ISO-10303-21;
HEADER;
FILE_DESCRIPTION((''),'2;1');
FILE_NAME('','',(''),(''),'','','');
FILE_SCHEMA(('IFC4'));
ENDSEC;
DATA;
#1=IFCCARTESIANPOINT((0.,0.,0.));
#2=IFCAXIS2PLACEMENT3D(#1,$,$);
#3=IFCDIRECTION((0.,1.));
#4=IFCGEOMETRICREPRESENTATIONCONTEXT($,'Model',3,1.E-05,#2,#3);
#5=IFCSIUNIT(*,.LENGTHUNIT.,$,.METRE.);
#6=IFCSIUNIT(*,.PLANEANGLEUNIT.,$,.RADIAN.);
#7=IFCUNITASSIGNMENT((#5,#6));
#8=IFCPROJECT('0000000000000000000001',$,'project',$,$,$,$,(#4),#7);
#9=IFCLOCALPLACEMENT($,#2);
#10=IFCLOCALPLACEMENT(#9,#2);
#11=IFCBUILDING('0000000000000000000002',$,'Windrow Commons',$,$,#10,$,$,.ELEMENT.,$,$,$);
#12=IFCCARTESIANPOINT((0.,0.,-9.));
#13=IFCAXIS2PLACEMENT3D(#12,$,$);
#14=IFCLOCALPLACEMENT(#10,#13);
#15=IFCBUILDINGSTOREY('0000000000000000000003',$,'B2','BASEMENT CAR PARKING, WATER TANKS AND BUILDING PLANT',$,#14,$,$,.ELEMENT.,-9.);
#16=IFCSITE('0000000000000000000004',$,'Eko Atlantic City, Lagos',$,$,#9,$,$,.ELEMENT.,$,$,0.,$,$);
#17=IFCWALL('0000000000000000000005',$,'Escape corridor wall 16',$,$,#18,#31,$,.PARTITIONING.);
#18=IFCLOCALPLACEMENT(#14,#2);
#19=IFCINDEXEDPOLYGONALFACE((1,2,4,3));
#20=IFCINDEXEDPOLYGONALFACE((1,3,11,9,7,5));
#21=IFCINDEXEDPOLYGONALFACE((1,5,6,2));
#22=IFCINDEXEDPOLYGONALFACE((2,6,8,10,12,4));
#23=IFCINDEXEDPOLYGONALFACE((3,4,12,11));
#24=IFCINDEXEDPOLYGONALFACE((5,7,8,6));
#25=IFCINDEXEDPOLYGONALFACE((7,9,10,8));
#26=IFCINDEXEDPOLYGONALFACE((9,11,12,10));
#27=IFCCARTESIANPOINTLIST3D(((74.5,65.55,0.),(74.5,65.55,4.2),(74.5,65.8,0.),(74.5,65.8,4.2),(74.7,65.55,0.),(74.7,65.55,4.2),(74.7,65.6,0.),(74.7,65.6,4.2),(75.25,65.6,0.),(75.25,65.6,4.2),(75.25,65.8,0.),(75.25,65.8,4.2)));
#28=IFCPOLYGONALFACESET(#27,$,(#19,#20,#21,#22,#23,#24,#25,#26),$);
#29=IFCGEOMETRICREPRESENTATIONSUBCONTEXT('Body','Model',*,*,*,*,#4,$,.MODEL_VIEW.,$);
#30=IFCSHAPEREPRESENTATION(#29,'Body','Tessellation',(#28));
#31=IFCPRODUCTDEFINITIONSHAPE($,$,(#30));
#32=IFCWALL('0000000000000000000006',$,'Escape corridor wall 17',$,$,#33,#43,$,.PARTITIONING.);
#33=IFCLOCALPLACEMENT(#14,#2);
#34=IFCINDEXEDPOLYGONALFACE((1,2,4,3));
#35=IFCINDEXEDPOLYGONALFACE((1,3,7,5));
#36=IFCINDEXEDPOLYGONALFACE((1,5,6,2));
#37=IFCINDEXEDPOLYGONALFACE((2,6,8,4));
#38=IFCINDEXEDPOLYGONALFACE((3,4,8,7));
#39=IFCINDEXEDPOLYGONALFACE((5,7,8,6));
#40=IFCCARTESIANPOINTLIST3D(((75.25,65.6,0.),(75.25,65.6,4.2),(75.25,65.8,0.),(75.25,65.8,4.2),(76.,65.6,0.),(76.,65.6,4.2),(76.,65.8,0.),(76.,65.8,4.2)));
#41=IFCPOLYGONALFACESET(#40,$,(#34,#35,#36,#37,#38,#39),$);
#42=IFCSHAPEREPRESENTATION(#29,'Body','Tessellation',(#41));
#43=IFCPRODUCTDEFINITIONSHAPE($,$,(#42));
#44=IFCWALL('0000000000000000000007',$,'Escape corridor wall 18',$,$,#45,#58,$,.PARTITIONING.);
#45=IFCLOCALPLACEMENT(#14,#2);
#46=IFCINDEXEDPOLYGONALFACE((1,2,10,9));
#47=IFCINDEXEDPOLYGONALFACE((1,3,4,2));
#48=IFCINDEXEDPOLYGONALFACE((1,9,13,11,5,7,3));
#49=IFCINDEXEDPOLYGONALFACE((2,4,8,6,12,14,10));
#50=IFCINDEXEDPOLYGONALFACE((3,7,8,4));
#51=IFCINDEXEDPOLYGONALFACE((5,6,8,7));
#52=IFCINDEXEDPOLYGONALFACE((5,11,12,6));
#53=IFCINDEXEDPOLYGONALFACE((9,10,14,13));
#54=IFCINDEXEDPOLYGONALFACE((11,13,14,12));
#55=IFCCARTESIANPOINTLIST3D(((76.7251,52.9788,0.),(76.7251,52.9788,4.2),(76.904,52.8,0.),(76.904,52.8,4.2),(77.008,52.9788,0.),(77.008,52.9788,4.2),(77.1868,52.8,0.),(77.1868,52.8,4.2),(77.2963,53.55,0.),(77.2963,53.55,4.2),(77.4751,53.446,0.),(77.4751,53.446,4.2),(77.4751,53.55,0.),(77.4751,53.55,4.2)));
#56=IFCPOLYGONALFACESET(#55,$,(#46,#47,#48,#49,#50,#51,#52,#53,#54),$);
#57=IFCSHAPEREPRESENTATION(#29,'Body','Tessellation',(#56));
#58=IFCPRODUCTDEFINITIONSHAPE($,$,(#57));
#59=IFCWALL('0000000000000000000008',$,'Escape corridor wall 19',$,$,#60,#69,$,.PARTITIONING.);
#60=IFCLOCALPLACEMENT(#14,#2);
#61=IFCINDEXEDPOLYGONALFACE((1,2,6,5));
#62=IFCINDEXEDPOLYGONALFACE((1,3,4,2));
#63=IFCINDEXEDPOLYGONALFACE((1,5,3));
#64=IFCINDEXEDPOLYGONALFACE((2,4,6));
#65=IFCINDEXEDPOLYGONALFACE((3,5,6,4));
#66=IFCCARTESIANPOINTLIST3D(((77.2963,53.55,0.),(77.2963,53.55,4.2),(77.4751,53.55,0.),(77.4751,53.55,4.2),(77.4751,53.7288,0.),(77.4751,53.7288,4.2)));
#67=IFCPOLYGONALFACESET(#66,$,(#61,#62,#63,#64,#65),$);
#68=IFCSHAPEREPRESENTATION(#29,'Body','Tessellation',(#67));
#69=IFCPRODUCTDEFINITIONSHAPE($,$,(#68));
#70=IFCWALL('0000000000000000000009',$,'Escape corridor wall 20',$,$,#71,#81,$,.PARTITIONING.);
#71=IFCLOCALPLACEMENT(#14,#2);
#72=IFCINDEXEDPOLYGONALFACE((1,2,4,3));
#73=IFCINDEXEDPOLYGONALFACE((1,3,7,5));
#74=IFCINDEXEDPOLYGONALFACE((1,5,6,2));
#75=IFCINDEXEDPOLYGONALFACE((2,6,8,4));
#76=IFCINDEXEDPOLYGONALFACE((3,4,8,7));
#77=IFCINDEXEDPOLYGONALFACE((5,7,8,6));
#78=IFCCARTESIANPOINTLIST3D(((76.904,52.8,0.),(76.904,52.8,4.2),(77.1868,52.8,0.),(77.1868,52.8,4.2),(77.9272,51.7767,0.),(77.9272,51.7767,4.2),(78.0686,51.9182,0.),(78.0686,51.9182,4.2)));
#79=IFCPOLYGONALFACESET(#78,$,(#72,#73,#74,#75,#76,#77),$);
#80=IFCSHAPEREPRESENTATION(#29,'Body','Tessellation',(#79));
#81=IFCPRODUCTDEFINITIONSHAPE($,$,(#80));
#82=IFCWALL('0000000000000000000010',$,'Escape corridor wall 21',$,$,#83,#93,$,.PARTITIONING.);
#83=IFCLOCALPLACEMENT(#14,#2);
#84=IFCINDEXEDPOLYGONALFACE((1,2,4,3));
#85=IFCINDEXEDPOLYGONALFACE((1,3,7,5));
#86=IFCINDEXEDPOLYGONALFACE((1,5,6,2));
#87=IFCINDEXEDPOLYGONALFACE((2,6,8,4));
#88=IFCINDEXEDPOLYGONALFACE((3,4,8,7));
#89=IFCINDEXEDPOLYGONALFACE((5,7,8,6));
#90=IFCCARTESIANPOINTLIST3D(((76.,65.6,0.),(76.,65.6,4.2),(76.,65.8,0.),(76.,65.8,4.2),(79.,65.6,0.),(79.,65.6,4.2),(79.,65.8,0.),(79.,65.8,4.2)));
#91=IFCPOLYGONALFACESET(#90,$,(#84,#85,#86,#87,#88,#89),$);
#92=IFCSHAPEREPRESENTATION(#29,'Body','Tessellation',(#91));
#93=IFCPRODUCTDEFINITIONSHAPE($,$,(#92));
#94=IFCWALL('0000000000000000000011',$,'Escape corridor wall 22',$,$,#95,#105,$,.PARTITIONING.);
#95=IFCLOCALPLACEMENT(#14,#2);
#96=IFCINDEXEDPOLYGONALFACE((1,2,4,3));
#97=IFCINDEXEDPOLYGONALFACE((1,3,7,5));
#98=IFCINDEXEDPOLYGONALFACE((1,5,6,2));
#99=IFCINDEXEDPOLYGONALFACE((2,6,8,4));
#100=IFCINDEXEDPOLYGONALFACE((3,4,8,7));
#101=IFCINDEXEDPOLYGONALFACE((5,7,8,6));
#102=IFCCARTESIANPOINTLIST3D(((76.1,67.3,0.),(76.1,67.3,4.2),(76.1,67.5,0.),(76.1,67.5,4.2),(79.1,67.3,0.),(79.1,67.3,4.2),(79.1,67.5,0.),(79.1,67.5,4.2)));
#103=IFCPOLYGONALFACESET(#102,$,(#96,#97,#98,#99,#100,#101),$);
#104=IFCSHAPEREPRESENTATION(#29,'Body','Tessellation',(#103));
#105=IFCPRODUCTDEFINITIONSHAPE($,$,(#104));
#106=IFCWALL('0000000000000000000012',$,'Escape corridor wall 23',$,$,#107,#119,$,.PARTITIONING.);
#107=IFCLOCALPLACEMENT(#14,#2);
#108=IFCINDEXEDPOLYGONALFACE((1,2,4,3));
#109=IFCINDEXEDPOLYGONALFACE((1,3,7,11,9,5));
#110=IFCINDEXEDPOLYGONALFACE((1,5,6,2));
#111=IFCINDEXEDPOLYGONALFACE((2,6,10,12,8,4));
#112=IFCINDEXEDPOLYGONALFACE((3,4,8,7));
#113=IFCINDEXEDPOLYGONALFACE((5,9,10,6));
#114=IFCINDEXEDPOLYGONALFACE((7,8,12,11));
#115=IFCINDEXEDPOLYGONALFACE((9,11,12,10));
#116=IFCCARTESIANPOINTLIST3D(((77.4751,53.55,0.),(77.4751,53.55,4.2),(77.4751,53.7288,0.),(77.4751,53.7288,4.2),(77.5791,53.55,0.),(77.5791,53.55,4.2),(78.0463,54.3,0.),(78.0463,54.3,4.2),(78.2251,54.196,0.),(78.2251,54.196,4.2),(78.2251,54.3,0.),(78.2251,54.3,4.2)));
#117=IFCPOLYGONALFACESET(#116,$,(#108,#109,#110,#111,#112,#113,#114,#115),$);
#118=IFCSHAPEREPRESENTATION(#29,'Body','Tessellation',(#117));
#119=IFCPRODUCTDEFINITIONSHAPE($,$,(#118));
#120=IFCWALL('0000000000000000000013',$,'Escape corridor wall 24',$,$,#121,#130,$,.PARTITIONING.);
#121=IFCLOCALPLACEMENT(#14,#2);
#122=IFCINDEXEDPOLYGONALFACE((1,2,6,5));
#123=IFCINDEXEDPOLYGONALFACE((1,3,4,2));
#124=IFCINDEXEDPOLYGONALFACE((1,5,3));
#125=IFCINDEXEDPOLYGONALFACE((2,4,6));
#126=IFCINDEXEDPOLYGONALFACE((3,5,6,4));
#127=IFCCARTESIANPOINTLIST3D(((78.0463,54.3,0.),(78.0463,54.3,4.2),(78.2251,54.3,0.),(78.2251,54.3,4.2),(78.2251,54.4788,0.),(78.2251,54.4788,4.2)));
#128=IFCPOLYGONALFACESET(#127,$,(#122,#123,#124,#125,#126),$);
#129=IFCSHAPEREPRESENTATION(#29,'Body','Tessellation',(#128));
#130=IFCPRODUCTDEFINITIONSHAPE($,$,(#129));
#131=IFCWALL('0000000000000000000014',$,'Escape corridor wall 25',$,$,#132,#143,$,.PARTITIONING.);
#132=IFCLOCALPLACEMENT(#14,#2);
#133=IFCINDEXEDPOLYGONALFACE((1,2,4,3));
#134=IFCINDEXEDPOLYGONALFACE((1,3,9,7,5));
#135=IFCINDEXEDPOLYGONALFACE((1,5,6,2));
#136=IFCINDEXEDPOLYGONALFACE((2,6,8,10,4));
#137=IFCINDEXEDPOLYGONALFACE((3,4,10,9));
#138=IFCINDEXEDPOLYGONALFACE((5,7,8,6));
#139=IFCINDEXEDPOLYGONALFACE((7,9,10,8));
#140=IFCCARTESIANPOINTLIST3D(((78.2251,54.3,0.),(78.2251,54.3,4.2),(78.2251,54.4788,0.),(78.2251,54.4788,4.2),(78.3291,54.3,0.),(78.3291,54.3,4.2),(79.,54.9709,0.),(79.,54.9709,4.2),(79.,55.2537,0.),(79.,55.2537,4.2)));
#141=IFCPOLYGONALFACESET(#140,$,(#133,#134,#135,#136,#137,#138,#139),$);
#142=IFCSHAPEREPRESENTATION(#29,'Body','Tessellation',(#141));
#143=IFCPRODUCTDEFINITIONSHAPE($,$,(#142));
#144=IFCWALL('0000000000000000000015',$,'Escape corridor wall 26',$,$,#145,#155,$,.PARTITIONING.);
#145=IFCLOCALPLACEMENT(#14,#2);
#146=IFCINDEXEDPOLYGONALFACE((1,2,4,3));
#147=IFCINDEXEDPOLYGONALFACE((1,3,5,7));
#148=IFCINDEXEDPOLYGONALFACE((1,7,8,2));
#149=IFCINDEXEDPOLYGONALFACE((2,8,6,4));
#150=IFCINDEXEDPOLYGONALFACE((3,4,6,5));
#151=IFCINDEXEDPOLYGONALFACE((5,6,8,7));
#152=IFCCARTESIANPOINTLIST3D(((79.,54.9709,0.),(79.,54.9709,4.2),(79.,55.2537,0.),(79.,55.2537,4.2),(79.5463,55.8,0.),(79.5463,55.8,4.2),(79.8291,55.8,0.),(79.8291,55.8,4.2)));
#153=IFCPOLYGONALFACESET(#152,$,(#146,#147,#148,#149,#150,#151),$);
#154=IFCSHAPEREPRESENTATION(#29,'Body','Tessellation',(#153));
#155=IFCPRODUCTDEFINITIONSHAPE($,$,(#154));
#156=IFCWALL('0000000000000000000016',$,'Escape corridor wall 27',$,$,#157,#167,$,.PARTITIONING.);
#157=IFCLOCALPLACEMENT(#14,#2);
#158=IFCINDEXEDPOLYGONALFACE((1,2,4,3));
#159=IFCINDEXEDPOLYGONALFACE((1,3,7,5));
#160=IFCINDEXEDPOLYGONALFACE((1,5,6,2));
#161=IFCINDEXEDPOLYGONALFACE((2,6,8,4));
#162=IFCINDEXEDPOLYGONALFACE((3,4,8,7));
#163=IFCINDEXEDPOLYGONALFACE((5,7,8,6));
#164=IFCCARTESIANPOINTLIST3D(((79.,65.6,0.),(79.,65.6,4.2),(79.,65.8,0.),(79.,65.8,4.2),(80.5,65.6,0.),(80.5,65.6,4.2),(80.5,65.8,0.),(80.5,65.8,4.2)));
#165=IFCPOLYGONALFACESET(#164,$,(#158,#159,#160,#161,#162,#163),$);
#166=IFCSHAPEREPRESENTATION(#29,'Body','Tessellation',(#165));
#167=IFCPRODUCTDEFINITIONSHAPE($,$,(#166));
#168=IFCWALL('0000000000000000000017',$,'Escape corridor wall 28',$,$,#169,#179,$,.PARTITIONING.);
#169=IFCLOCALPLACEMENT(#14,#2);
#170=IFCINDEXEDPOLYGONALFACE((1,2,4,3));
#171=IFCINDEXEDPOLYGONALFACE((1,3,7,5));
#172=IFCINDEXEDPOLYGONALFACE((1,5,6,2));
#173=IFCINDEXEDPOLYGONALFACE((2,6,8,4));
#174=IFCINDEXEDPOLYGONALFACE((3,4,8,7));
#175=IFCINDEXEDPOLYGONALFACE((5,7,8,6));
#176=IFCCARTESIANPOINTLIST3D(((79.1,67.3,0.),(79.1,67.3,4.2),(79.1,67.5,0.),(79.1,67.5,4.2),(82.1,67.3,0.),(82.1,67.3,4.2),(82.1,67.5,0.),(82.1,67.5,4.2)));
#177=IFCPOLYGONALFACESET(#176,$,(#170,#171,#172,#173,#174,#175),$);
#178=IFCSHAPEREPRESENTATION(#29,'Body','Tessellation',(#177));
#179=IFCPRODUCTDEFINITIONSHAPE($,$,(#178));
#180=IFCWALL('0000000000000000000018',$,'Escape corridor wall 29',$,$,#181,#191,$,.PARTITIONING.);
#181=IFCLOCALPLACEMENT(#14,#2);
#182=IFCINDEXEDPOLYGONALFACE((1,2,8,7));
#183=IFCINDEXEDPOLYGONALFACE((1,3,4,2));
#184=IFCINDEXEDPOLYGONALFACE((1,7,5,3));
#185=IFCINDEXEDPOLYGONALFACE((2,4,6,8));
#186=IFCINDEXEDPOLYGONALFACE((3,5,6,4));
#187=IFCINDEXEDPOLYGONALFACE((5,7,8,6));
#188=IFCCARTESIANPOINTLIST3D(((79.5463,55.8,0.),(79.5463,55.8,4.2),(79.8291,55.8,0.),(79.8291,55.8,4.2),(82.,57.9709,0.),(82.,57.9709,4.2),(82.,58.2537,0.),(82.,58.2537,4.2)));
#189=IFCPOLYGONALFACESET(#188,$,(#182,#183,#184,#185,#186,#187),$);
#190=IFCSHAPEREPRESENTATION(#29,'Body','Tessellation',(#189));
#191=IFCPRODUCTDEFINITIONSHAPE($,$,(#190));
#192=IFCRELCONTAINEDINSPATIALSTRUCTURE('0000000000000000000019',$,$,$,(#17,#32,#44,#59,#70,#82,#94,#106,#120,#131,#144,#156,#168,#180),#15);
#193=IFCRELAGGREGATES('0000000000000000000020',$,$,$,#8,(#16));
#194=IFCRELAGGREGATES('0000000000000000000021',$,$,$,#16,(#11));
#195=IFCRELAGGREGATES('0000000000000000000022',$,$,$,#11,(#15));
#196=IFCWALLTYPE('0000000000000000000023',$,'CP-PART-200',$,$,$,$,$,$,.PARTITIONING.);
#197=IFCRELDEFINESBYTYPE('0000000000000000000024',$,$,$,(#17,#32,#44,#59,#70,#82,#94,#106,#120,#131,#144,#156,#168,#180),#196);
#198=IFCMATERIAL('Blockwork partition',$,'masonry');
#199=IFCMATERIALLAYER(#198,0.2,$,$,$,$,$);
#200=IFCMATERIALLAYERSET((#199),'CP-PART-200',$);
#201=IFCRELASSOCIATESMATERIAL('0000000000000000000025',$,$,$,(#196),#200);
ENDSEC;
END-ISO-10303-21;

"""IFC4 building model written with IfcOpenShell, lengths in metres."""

from ifc_helpers import new_model, si_unit, direction, frame, origin, place, context, subcontext, project, spatial, polyline, outline, extrude, material, layer, layer_set, type_object, element, save


model = new_model("IFC4")

# Units and contexts
model_context = context("Model", 3, precision=1e-05, world=origin(), true_north=direction((0.0, 1.0)))
body_context = subcontext(model_context, "Body", "Model", "MODEL_VIEW")
ifc_project = project(units=[si_unit("LENGTHUNIT", "METRE"), si_unit("PLANEANGLEUNIT", "RADIAN")], contexts=[model_context])

# Site, building, storey
site_placement = place(None, origin())
site = spatial("IfcSite", under=ifc_project, at=site_placement, Name="Eko Atlantic City, Lagos", CompositionType="ELEMENT", RefElevation=0.0)
building_placement = place(site_placement, origin())
building = spatial("IfcBuilding", under=site, at=building_placement, Name="Windrow Commons", CompositionType="ELEMENT")
storey_placement = place(building_placement, frame((0.0, 0.0, -9.0)))
storey = spatial("IfcBuildingStorey", under=building, at=storey_placement, Name="B2", Description="BASEMENT CAR PARKING, WATER TANKS AND BUILDING PLANT", CompositionType="ELEMENT", Elevation=-9.0)

# Shared definitions
placement_1 = place(storey_placement, origin())

# Walls
ifc_material_1 = material(Name="Blockwork partition", Category="masonry")
ifc_layer_1 = layer(ifc_material_1, 0.2)
ifc_layer_set_1 = layer_set([ifc_layer_1], Name="CP-PART-200")
wall_type = type_object("IfcWallType", Name="CP-PART-200", PredefinedType="PARTITIONING", material=ifc_layer_set_1)
element("IfcWall", 1, at=placement_1, inside=storey, type_object=wall_type, Name="Escape corridor wall 16", PredefinedType="PARTITIONING", context=body_context, shape_type="SweptSolid", body=[
    extrude(outline(polyline([(74.7, 65.6), (75.25, 65.6), (75.25, 65.8), (74.5, 65.8), (74.5, 65.55), (74.7, 65.55), (74.7, 65.6)])), origin(), (0.0, 0.0, 1.0), 4.2),
])
element("IfcWall", 2, at=placement_1, inside=storey, type_object=wall_type, Name="Escape corridor wall 17", PredefinedType="PARTITIONING", context=body_context, shape_type="SweptSolid", body=[
    extrude(outline(polyline([(76.0, 65.6), (76.0, 65.8), (75.25, 65.8), (75.25, 65.6), (76.0, 65.6)])), origin(), (0.0, 0.0, 1.0), 4.2),
])
element("IfcWall", 3, at=placement_1, inside=storey, type_object=wall_type, Name="Escape corridor wall 18", PredefinedType="PARTITIONING", context=body_context, shape_type="SweptSolid", body=[
    extrude(outline(polyline([(76.904, 52.8), (77.1868, 52.8), (77.008, 52.9788), (77.4751, 53.446), (77.4751, 53.55), (77.2963, 53.55), (76.7251, 52.9788), (76.904, 52.8)])), origin(), (0.0, 0.0, 1.0), 4.2),
])
element("IfcWall", 4, at=placement_1, inside=storey, type_object=wall_type, Name="Escape corridor wall 19", PredefinedType="PARTITIONING", context=body_context, shape_type="SweptSolid", body=[
    extrude(outline(polyline([(77.4751, 53.7288), (77.2963, 53.55), (77.4751, 53.55), (77.4751, 53.7288)])), origin(), (0.0, 0.0, 1.0), 4.2),
])
element("IfcWall", 5, at=placement_1, inside=storey, type_object=wall_type, Name="Escape corridor wall 20", PredefinedType="PARTITIONING", context=body_context, shape_type="SweptSolid", body=[
    extrude(outline(polyline([(77.9272, 51.7767), (78.0686, 51.9182), (77.1868, 52.8), (76.904, 52.8), (77.9272, 51.7767)])), origin(), (0.0, 0.0, 1.0), 4.2),
])
element("IfcWall", 6, at=placement_1, inside=storey, type_object=wall_type, Name="Escape corridor wall 21", PredefinedType="PARTITIONING", context=body_context, shape_type="SweptSolid", body=[
    extrude(outline(polyline([(79.0, 65.8), (76.0, 65.8), (76.0, 65.6), (79.0, 65.6), (79.0, 65.8)])), origin(), (0.0, 0.0, 1.0), 4.2),
])
element("IfcWall", 7, at=placement_1, inside=storey, type_object=wall_type, Name="Escape corridor wall 22", PredefinedType="PARTITIONING", context=body_context, shape_type="SweptSolid", body=[
    extrude(outline(polyline([(76.1, 67.3), (79.1, 67.3), (79.1, 67.5), (76.1, 67.5), (76.1, 67.3)])), origin(), (0.0, 0.0, 1.0), 4.2),
])
element("IfcWall", 8, at=placement_1, inside=storey, type_object=wall_type, Name="Escape corridor wall 23", PredefinedType="PARTITIONING", context=body_context, shape_type="SweptSolid", body=[
    extrude(outline(polyline([(78.0463, 54.3), (77.4751, 53.7288), (77.4751, 53.55), (77.5791, 53.55), (78.2251, 54.196), (78.2251, 54.3), (78.0463, 54.3)])), origin(), (0.0, 0.0, 1.0), 4.2),
])
element("IfcWall", 9, at=placement_1, inside=storey, type_object=wall_type, Name="Escape corridor wall 24", PredefinedType="PARTITIONING", context=body_context, shape_type="SweptSolid", body=[
    extrude(outline(polyline([(78.2251, 54.4788), (78.0463, 54.3), (78.2251, 54.3), (78.2251, 54.4788)])), origin(), (0.0, 0.0, 1.0), 4.2),
])
element("IfcWall", 10, at=placement_1, inside=storey, type_object=wall_type, Name="Escape corridor wall 25", PredefinedType="PARTITIONING", context=body_context, shape_type="SweptSolid", body=[
    extrude(outline(polyline([(79.0, 55.2537), (78.2251, 54.4788), (78.2251, 54.3), (78.3291, 54.3), (79.0, 54.9709), (79.0, 55.2537)])), origin(), (0.0, 0.0, 1.0), 4.2),
])
element("IfcWall", 11, at=placement_1, inside=storey, type_object=wall_type, Name="Escape corridor wall 26", PredefinedType="PARTITIONING", context=body_context, shape_type="SweptSolid", body=[
    extrude(outline(polyline([(79.0, 54.9709), (79.8291, 55.8), (79.5463, 55.8), (79.0, 55.2537), (79.0, 54.9709)])), origin(), (0.0, 0.0, 1.0), 4.2),
])
element("IfcWall", 12, at=placement_1, inside=storey, type_object=wall_type, Name="Escape corridor wall 27", PredefinedType="PARTITIONING", context=body_context, shape_type="SweptSolid", body=[
    extrude(outline(polyline([(79.0, 65.6), (80.5, 65.6), (80.5, 65.8), (79.0, 65.8), (79.0, 65.6)])), origin(), (0.0, 0.0, 1.0), 4.2),
])
element("IfcWall", 13, at=placement_1, inside=storey, type_object=wall_type, Name="Escape corridor wall 28", PredefinedType="PARTITIONING", context=body_context, shape_type="SweptSolid", body=[
    extrude(outline(polyline([(79.1, 67.3), (82.1, 67.3), (82.1, 67.5), (79.1, 67.5), (79.1, 67.3)])), origin(), (0.0, 0.0, 1.0), 4.2),
])
element("IfcWall", 14, at=placement_1, inside=storey, type_object=wall_type, Name="Escape corridor wall 29", PredefinedType="PARTITIONING", context=body_context, shape_type="SweptSolid", body=[
    extrude(outline(polyline([(79.8291, 55.8), (82.0, 57.9709), (82.0, 58.2537), (79.5463, 55.8), (79.8291, 55.8)])), origin(), (0.0, 0.0, 1.0), 4.2),
])

save(model, "model.ifc")
